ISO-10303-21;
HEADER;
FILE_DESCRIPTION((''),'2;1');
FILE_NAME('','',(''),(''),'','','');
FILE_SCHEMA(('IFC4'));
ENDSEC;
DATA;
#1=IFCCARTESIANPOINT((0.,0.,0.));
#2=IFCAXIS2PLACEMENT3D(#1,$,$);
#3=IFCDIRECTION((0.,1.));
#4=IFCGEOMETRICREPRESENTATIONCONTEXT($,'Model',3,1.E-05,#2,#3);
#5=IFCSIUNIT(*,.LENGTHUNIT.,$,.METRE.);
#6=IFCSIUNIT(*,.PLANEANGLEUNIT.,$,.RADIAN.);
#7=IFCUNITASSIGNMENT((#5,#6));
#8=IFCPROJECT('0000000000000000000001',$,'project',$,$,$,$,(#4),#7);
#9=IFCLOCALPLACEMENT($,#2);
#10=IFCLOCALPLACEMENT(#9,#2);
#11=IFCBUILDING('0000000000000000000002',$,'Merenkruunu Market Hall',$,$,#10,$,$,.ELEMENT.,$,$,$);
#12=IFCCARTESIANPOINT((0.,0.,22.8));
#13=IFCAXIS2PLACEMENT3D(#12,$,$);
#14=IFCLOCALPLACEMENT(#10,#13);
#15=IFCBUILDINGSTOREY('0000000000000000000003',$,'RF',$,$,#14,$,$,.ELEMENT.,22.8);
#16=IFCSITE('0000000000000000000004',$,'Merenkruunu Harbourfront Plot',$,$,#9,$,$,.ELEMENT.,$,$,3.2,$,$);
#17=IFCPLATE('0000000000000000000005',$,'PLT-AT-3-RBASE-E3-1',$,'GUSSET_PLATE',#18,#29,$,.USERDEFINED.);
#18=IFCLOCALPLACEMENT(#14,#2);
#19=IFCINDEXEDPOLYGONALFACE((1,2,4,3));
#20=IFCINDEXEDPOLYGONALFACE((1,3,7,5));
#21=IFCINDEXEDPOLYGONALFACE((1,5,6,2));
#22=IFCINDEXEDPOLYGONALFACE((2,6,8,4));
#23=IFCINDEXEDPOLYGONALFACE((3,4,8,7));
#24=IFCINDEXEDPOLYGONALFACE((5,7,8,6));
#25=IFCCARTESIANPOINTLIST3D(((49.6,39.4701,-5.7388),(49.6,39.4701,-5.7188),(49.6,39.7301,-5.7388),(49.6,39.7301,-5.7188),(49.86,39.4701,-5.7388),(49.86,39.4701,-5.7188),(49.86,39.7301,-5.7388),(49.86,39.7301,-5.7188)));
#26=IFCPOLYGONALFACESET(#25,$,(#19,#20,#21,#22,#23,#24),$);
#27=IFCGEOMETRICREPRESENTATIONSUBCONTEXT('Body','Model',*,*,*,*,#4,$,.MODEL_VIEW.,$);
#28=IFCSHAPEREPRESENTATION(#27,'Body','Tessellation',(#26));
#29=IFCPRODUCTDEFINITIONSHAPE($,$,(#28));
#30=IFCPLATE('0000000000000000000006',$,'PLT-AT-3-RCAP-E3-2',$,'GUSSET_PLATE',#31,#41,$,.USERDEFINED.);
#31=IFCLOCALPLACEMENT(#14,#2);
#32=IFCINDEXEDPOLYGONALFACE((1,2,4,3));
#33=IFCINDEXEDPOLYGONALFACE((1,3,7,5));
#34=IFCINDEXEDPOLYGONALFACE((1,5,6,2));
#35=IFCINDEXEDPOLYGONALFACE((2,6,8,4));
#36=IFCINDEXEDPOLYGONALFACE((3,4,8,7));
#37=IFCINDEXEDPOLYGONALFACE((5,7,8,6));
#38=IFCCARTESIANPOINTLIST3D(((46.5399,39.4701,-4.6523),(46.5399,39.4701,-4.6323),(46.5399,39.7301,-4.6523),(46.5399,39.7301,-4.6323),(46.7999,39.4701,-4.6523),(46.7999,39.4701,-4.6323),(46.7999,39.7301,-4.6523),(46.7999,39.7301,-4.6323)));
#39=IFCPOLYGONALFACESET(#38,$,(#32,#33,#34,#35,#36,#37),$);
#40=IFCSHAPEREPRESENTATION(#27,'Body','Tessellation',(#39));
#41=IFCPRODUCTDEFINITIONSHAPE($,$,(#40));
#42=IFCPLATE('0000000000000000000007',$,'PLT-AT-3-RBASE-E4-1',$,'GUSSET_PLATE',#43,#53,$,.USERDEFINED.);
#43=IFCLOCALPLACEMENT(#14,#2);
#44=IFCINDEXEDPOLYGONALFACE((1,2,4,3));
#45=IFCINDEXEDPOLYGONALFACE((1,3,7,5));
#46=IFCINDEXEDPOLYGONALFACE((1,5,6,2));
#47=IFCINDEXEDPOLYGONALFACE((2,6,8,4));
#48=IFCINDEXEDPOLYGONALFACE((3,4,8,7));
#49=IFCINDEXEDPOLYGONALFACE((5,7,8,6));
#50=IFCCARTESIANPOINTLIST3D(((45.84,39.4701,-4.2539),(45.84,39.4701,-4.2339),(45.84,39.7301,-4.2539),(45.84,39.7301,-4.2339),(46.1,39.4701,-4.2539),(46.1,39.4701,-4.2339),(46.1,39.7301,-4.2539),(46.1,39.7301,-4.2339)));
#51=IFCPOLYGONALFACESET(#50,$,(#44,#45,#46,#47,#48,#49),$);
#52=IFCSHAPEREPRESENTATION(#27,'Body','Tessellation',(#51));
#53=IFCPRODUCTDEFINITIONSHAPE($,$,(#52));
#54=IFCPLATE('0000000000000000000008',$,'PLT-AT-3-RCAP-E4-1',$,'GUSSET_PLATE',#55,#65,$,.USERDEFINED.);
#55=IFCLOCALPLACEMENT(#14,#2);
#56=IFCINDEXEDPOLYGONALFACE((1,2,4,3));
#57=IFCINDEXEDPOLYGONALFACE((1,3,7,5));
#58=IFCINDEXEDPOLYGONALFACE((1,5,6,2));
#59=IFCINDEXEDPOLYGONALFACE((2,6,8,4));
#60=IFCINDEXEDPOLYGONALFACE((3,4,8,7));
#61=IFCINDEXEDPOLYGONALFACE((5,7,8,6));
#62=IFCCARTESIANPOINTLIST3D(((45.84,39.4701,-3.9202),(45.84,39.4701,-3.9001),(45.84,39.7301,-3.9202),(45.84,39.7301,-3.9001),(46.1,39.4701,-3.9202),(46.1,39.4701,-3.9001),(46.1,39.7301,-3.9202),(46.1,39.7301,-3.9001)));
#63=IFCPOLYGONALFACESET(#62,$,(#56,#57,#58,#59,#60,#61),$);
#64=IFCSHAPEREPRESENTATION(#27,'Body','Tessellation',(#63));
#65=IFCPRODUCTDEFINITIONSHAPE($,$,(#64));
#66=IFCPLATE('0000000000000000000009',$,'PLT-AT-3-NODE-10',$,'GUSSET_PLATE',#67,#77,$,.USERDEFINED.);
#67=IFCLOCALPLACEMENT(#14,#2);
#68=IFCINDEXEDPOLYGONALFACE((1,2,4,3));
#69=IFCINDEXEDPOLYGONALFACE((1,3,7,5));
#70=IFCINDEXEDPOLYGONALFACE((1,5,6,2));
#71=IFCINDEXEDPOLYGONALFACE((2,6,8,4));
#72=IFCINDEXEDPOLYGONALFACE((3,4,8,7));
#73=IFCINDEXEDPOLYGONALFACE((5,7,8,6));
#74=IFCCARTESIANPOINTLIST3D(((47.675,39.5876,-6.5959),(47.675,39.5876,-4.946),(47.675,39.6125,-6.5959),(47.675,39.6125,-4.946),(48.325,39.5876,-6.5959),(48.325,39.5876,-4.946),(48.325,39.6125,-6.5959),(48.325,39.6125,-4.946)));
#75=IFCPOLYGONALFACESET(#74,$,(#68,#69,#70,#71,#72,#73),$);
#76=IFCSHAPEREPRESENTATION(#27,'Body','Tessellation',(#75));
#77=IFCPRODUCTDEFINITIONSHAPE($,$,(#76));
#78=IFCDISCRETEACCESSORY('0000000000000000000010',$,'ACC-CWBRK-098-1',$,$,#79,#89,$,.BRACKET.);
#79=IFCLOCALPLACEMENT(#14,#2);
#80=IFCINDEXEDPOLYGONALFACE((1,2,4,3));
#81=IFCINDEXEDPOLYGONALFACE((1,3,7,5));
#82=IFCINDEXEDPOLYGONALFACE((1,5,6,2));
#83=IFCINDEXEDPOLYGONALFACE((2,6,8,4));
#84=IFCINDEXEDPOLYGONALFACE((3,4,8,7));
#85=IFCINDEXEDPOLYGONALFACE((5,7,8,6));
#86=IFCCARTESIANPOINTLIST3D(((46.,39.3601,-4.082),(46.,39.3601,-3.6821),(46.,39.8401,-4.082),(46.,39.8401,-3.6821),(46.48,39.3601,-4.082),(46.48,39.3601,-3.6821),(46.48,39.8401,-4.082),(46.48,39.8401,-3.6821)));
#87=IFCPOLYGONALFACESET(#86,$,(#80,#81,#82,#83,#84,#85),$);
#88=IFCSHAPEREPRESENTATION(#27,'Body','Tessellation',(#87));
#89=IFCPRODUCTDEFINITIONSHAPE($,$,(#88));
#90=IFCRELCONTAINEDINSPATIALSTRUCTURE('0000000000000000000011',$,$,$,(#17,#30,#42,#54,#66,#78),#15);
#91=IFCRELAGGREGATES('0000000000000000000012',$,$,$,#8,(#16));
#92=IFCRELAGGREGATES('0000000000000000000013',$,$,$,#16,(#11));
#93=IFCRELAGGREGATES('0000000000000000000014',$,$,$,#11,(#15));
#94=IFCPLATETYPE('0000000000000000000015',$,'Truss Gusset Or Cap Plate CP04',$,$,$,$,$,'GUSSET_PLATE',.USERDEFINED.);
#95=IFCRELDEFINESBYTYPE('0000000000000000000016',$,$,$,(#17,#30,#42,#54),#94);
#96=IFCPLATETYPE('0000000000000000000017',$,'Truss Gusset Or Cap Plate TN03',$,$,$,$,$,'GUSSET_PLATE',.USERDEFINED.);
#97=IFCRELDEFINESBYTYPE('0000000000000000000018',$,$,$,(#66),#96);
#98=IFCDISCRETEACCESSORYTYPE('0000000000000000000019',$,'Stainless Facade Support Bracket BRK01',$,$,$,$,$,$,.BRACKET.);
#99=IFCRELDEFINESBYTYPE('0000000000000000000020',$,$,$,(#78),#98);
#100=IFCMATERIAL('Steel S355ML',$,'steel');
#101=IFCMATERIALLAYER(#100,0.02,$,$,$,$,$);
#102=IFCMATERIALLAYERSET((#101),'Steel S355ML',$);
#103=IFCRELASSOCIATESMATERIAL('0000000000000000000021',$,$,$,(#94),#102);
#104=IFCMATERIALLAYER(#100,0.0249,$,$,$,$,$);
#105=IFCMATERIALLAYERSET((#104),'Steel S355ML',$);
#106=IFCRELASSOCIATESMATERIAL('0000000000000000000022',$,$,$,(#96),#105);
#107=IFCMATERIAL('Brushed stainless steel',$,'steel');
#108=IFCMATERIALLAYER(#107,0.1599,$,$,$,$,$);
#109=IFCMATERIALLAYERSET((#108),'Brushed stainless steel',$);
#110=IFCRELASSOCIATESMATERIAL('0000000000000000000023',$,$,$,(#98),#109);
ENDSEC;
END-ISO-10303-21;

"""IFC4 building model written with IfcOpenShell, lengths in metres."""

from ifc_helpers import new_model, si_unit, direction, frame, origin, origin_2d, place, context, subcontext, project, spatial, rectangle, extrude, material, layer, layer_set, type_object, element, save


model = new_model("IFC4")

# Units and contexts
model_context = context("Model", 3, precision=1e-05, world=origin(), true_north=direction((0.0, 1.0)))
body_context = subcontext(model_context, "Body", "Model", "MODEL_VIEW")
ifc_project = project(units=[si_unit("LENGTHUNIT", "METRE"), si_unit("PLANEANGLEUNIT", "RADIAN")], contexts=[model_context])

# Site, building, storey
site_placement = place(None, origin())
site = spatial("IfcSite", under=ifc_project, at=site_placement, Name="Merenkruunu Harbourfront Plot", CompositionType="ELEMENT", RefElevation=3.2)
building_placement = place(site_placement, origin())
building = spatial("IfcBuilding", under=site, at=building_placement, Name="Merenkruunu Market Hall", CompositionType="ELEMENT")
storey_placement = place(building_placement, frame((0.0, 0.0, 22.8)))
storey = spatial("IfcBuildingStorey", under=building, at=storey_placement, Name="RF", CompositionType="ELEMENT", Elevation=22.8)

# Shared definitions
ifc_material_1 = material(Name="Steel S355ML", Category="steel")

# Plates
ifc_layer_1 = layer(ifc_material_1, 0.02)
ifc_layer_set_1 = layer_set([ifc_layer_1], Name="Steel S355ML")
plate_type_1 = type_object("IfcPlateType", Name="Truss Gusset Or Cap Plate CP04", ElementType="GUSSET_PLATE", PredefinedType="USERDEFINED", material=ifc_layer_set_1)
for number, where, z_axis, x_axis, name in (
    (1, (49.73, 39.6001, -5.7388), (0.0, 0.0, 1.0), (1.0, 0.0, 0.0), "PLT-AT-3-RBASE-E3-1"),
    (2, (46.6699, 39.6001, -4.6523), (0.0, 0.0, 1.0), (1.0, 0.0, 0.0), "PLT-AT-3-RCAP-E3-2"),
    (3, (45.97, 39.6001, -4.2539), (0.0, 0.0, 1.0), (1.0, 0.0, 0.0), "PLT-AT-3-RBASE-E4-1"),
    (4, (45.97, 39.6001, -3.9202), (0.0, 0.0, 1.0), (1.0, 0.0, 0.0), "PLT-AT-3-RCAP-E4-1"),
):
    element("IfcPlate", number, at=place(storey_placement, frame(where, z_axis=z_axis, x_axis=x_axis)), inside=storey, type_object=plate_type_1, Name=name, ObjectType="GUSSET_PLATE", PredefinedType="USERDEFINED", context=body_context, shape_type="SweptSolid", body=[
        extrude(rectangle(XDim=0.26, YDim=0.26, at=origin_2d()), origin(), (0.0, 0.0, 1.0), 0.02),
    ])
ifc_layer_2 = layer(ifc_material_1, 0.0249)
ifc_layer_set_2 = layer_set([ifc_layer_2], Name="Steel S355ML")
plate_type_2 = type_object("IfcPlateType", Name="Truss Gusset Or Cap Plate TN03", ElementType="GUSSET_PLATE", PredefinedType="USERDEFINED", material=ifc_layer_set_2)
plate_1_placement = place(storey_placement, frame((48.0, 39.6001, -6.5959), z_axis=(0.0, 0.0, 1.0), x_axis=(1.0, 0.0, 0.0)))
element("IfcPlate", 5, at=plate_1_placement, inside=storey, type_object=plate_type_2, Name="PLT-AT-3-NODE-10", ObjectType="GUSSET_PLATE", PredefinedType="USERDEFINED", context=body_context, shape_type="SweptSolid", body=[
    extrude(rectangle(XDim=0.6499, YDim=0.0249, at=origin_2d()), origin(), (0.0, 0.0, 1.0), 1.6499),
])

# Discrete accessory
ifc_material_2 = material(Name="Brushed stainless steel", Category="steel")
ifc_layer_3 = layer(ifc_material_2, 0.1599)
ifc_layer_set_3 = layer_set([ifc_layer_3], Name="Brushed stainless steel")
discrete_accessory_type = type_object("IfcDiscreteAccessoryType", Name="Stainless Facade Support Bracket BRK01", PredefinedType="BRACKET", material=ifc_layer_set_3)
discrete_accessory_placement = place(storey_placement, frame((46.24, 39.6001, -4.082), z_axis=(0.0, 0.0, 1.0), x_axis=(1.0, 0.0, 0.0)))
element("IfcDiscreteAccessory", 6, at=discrete_accessory_placement, inside=storey, type_object=discrete_accessory_type, Name="ACC-CWBRK-098-1", PredefinedType="BRACKET", context=body_context, shape_type="SweptSolid", body=[
    extrude(rectangle(XDim=0.48, YDim=0.48, at=origin_2d()), origin(), (0.0, 0.0, 1.0), 0.3999),
])

save(model, "model.ifc")
